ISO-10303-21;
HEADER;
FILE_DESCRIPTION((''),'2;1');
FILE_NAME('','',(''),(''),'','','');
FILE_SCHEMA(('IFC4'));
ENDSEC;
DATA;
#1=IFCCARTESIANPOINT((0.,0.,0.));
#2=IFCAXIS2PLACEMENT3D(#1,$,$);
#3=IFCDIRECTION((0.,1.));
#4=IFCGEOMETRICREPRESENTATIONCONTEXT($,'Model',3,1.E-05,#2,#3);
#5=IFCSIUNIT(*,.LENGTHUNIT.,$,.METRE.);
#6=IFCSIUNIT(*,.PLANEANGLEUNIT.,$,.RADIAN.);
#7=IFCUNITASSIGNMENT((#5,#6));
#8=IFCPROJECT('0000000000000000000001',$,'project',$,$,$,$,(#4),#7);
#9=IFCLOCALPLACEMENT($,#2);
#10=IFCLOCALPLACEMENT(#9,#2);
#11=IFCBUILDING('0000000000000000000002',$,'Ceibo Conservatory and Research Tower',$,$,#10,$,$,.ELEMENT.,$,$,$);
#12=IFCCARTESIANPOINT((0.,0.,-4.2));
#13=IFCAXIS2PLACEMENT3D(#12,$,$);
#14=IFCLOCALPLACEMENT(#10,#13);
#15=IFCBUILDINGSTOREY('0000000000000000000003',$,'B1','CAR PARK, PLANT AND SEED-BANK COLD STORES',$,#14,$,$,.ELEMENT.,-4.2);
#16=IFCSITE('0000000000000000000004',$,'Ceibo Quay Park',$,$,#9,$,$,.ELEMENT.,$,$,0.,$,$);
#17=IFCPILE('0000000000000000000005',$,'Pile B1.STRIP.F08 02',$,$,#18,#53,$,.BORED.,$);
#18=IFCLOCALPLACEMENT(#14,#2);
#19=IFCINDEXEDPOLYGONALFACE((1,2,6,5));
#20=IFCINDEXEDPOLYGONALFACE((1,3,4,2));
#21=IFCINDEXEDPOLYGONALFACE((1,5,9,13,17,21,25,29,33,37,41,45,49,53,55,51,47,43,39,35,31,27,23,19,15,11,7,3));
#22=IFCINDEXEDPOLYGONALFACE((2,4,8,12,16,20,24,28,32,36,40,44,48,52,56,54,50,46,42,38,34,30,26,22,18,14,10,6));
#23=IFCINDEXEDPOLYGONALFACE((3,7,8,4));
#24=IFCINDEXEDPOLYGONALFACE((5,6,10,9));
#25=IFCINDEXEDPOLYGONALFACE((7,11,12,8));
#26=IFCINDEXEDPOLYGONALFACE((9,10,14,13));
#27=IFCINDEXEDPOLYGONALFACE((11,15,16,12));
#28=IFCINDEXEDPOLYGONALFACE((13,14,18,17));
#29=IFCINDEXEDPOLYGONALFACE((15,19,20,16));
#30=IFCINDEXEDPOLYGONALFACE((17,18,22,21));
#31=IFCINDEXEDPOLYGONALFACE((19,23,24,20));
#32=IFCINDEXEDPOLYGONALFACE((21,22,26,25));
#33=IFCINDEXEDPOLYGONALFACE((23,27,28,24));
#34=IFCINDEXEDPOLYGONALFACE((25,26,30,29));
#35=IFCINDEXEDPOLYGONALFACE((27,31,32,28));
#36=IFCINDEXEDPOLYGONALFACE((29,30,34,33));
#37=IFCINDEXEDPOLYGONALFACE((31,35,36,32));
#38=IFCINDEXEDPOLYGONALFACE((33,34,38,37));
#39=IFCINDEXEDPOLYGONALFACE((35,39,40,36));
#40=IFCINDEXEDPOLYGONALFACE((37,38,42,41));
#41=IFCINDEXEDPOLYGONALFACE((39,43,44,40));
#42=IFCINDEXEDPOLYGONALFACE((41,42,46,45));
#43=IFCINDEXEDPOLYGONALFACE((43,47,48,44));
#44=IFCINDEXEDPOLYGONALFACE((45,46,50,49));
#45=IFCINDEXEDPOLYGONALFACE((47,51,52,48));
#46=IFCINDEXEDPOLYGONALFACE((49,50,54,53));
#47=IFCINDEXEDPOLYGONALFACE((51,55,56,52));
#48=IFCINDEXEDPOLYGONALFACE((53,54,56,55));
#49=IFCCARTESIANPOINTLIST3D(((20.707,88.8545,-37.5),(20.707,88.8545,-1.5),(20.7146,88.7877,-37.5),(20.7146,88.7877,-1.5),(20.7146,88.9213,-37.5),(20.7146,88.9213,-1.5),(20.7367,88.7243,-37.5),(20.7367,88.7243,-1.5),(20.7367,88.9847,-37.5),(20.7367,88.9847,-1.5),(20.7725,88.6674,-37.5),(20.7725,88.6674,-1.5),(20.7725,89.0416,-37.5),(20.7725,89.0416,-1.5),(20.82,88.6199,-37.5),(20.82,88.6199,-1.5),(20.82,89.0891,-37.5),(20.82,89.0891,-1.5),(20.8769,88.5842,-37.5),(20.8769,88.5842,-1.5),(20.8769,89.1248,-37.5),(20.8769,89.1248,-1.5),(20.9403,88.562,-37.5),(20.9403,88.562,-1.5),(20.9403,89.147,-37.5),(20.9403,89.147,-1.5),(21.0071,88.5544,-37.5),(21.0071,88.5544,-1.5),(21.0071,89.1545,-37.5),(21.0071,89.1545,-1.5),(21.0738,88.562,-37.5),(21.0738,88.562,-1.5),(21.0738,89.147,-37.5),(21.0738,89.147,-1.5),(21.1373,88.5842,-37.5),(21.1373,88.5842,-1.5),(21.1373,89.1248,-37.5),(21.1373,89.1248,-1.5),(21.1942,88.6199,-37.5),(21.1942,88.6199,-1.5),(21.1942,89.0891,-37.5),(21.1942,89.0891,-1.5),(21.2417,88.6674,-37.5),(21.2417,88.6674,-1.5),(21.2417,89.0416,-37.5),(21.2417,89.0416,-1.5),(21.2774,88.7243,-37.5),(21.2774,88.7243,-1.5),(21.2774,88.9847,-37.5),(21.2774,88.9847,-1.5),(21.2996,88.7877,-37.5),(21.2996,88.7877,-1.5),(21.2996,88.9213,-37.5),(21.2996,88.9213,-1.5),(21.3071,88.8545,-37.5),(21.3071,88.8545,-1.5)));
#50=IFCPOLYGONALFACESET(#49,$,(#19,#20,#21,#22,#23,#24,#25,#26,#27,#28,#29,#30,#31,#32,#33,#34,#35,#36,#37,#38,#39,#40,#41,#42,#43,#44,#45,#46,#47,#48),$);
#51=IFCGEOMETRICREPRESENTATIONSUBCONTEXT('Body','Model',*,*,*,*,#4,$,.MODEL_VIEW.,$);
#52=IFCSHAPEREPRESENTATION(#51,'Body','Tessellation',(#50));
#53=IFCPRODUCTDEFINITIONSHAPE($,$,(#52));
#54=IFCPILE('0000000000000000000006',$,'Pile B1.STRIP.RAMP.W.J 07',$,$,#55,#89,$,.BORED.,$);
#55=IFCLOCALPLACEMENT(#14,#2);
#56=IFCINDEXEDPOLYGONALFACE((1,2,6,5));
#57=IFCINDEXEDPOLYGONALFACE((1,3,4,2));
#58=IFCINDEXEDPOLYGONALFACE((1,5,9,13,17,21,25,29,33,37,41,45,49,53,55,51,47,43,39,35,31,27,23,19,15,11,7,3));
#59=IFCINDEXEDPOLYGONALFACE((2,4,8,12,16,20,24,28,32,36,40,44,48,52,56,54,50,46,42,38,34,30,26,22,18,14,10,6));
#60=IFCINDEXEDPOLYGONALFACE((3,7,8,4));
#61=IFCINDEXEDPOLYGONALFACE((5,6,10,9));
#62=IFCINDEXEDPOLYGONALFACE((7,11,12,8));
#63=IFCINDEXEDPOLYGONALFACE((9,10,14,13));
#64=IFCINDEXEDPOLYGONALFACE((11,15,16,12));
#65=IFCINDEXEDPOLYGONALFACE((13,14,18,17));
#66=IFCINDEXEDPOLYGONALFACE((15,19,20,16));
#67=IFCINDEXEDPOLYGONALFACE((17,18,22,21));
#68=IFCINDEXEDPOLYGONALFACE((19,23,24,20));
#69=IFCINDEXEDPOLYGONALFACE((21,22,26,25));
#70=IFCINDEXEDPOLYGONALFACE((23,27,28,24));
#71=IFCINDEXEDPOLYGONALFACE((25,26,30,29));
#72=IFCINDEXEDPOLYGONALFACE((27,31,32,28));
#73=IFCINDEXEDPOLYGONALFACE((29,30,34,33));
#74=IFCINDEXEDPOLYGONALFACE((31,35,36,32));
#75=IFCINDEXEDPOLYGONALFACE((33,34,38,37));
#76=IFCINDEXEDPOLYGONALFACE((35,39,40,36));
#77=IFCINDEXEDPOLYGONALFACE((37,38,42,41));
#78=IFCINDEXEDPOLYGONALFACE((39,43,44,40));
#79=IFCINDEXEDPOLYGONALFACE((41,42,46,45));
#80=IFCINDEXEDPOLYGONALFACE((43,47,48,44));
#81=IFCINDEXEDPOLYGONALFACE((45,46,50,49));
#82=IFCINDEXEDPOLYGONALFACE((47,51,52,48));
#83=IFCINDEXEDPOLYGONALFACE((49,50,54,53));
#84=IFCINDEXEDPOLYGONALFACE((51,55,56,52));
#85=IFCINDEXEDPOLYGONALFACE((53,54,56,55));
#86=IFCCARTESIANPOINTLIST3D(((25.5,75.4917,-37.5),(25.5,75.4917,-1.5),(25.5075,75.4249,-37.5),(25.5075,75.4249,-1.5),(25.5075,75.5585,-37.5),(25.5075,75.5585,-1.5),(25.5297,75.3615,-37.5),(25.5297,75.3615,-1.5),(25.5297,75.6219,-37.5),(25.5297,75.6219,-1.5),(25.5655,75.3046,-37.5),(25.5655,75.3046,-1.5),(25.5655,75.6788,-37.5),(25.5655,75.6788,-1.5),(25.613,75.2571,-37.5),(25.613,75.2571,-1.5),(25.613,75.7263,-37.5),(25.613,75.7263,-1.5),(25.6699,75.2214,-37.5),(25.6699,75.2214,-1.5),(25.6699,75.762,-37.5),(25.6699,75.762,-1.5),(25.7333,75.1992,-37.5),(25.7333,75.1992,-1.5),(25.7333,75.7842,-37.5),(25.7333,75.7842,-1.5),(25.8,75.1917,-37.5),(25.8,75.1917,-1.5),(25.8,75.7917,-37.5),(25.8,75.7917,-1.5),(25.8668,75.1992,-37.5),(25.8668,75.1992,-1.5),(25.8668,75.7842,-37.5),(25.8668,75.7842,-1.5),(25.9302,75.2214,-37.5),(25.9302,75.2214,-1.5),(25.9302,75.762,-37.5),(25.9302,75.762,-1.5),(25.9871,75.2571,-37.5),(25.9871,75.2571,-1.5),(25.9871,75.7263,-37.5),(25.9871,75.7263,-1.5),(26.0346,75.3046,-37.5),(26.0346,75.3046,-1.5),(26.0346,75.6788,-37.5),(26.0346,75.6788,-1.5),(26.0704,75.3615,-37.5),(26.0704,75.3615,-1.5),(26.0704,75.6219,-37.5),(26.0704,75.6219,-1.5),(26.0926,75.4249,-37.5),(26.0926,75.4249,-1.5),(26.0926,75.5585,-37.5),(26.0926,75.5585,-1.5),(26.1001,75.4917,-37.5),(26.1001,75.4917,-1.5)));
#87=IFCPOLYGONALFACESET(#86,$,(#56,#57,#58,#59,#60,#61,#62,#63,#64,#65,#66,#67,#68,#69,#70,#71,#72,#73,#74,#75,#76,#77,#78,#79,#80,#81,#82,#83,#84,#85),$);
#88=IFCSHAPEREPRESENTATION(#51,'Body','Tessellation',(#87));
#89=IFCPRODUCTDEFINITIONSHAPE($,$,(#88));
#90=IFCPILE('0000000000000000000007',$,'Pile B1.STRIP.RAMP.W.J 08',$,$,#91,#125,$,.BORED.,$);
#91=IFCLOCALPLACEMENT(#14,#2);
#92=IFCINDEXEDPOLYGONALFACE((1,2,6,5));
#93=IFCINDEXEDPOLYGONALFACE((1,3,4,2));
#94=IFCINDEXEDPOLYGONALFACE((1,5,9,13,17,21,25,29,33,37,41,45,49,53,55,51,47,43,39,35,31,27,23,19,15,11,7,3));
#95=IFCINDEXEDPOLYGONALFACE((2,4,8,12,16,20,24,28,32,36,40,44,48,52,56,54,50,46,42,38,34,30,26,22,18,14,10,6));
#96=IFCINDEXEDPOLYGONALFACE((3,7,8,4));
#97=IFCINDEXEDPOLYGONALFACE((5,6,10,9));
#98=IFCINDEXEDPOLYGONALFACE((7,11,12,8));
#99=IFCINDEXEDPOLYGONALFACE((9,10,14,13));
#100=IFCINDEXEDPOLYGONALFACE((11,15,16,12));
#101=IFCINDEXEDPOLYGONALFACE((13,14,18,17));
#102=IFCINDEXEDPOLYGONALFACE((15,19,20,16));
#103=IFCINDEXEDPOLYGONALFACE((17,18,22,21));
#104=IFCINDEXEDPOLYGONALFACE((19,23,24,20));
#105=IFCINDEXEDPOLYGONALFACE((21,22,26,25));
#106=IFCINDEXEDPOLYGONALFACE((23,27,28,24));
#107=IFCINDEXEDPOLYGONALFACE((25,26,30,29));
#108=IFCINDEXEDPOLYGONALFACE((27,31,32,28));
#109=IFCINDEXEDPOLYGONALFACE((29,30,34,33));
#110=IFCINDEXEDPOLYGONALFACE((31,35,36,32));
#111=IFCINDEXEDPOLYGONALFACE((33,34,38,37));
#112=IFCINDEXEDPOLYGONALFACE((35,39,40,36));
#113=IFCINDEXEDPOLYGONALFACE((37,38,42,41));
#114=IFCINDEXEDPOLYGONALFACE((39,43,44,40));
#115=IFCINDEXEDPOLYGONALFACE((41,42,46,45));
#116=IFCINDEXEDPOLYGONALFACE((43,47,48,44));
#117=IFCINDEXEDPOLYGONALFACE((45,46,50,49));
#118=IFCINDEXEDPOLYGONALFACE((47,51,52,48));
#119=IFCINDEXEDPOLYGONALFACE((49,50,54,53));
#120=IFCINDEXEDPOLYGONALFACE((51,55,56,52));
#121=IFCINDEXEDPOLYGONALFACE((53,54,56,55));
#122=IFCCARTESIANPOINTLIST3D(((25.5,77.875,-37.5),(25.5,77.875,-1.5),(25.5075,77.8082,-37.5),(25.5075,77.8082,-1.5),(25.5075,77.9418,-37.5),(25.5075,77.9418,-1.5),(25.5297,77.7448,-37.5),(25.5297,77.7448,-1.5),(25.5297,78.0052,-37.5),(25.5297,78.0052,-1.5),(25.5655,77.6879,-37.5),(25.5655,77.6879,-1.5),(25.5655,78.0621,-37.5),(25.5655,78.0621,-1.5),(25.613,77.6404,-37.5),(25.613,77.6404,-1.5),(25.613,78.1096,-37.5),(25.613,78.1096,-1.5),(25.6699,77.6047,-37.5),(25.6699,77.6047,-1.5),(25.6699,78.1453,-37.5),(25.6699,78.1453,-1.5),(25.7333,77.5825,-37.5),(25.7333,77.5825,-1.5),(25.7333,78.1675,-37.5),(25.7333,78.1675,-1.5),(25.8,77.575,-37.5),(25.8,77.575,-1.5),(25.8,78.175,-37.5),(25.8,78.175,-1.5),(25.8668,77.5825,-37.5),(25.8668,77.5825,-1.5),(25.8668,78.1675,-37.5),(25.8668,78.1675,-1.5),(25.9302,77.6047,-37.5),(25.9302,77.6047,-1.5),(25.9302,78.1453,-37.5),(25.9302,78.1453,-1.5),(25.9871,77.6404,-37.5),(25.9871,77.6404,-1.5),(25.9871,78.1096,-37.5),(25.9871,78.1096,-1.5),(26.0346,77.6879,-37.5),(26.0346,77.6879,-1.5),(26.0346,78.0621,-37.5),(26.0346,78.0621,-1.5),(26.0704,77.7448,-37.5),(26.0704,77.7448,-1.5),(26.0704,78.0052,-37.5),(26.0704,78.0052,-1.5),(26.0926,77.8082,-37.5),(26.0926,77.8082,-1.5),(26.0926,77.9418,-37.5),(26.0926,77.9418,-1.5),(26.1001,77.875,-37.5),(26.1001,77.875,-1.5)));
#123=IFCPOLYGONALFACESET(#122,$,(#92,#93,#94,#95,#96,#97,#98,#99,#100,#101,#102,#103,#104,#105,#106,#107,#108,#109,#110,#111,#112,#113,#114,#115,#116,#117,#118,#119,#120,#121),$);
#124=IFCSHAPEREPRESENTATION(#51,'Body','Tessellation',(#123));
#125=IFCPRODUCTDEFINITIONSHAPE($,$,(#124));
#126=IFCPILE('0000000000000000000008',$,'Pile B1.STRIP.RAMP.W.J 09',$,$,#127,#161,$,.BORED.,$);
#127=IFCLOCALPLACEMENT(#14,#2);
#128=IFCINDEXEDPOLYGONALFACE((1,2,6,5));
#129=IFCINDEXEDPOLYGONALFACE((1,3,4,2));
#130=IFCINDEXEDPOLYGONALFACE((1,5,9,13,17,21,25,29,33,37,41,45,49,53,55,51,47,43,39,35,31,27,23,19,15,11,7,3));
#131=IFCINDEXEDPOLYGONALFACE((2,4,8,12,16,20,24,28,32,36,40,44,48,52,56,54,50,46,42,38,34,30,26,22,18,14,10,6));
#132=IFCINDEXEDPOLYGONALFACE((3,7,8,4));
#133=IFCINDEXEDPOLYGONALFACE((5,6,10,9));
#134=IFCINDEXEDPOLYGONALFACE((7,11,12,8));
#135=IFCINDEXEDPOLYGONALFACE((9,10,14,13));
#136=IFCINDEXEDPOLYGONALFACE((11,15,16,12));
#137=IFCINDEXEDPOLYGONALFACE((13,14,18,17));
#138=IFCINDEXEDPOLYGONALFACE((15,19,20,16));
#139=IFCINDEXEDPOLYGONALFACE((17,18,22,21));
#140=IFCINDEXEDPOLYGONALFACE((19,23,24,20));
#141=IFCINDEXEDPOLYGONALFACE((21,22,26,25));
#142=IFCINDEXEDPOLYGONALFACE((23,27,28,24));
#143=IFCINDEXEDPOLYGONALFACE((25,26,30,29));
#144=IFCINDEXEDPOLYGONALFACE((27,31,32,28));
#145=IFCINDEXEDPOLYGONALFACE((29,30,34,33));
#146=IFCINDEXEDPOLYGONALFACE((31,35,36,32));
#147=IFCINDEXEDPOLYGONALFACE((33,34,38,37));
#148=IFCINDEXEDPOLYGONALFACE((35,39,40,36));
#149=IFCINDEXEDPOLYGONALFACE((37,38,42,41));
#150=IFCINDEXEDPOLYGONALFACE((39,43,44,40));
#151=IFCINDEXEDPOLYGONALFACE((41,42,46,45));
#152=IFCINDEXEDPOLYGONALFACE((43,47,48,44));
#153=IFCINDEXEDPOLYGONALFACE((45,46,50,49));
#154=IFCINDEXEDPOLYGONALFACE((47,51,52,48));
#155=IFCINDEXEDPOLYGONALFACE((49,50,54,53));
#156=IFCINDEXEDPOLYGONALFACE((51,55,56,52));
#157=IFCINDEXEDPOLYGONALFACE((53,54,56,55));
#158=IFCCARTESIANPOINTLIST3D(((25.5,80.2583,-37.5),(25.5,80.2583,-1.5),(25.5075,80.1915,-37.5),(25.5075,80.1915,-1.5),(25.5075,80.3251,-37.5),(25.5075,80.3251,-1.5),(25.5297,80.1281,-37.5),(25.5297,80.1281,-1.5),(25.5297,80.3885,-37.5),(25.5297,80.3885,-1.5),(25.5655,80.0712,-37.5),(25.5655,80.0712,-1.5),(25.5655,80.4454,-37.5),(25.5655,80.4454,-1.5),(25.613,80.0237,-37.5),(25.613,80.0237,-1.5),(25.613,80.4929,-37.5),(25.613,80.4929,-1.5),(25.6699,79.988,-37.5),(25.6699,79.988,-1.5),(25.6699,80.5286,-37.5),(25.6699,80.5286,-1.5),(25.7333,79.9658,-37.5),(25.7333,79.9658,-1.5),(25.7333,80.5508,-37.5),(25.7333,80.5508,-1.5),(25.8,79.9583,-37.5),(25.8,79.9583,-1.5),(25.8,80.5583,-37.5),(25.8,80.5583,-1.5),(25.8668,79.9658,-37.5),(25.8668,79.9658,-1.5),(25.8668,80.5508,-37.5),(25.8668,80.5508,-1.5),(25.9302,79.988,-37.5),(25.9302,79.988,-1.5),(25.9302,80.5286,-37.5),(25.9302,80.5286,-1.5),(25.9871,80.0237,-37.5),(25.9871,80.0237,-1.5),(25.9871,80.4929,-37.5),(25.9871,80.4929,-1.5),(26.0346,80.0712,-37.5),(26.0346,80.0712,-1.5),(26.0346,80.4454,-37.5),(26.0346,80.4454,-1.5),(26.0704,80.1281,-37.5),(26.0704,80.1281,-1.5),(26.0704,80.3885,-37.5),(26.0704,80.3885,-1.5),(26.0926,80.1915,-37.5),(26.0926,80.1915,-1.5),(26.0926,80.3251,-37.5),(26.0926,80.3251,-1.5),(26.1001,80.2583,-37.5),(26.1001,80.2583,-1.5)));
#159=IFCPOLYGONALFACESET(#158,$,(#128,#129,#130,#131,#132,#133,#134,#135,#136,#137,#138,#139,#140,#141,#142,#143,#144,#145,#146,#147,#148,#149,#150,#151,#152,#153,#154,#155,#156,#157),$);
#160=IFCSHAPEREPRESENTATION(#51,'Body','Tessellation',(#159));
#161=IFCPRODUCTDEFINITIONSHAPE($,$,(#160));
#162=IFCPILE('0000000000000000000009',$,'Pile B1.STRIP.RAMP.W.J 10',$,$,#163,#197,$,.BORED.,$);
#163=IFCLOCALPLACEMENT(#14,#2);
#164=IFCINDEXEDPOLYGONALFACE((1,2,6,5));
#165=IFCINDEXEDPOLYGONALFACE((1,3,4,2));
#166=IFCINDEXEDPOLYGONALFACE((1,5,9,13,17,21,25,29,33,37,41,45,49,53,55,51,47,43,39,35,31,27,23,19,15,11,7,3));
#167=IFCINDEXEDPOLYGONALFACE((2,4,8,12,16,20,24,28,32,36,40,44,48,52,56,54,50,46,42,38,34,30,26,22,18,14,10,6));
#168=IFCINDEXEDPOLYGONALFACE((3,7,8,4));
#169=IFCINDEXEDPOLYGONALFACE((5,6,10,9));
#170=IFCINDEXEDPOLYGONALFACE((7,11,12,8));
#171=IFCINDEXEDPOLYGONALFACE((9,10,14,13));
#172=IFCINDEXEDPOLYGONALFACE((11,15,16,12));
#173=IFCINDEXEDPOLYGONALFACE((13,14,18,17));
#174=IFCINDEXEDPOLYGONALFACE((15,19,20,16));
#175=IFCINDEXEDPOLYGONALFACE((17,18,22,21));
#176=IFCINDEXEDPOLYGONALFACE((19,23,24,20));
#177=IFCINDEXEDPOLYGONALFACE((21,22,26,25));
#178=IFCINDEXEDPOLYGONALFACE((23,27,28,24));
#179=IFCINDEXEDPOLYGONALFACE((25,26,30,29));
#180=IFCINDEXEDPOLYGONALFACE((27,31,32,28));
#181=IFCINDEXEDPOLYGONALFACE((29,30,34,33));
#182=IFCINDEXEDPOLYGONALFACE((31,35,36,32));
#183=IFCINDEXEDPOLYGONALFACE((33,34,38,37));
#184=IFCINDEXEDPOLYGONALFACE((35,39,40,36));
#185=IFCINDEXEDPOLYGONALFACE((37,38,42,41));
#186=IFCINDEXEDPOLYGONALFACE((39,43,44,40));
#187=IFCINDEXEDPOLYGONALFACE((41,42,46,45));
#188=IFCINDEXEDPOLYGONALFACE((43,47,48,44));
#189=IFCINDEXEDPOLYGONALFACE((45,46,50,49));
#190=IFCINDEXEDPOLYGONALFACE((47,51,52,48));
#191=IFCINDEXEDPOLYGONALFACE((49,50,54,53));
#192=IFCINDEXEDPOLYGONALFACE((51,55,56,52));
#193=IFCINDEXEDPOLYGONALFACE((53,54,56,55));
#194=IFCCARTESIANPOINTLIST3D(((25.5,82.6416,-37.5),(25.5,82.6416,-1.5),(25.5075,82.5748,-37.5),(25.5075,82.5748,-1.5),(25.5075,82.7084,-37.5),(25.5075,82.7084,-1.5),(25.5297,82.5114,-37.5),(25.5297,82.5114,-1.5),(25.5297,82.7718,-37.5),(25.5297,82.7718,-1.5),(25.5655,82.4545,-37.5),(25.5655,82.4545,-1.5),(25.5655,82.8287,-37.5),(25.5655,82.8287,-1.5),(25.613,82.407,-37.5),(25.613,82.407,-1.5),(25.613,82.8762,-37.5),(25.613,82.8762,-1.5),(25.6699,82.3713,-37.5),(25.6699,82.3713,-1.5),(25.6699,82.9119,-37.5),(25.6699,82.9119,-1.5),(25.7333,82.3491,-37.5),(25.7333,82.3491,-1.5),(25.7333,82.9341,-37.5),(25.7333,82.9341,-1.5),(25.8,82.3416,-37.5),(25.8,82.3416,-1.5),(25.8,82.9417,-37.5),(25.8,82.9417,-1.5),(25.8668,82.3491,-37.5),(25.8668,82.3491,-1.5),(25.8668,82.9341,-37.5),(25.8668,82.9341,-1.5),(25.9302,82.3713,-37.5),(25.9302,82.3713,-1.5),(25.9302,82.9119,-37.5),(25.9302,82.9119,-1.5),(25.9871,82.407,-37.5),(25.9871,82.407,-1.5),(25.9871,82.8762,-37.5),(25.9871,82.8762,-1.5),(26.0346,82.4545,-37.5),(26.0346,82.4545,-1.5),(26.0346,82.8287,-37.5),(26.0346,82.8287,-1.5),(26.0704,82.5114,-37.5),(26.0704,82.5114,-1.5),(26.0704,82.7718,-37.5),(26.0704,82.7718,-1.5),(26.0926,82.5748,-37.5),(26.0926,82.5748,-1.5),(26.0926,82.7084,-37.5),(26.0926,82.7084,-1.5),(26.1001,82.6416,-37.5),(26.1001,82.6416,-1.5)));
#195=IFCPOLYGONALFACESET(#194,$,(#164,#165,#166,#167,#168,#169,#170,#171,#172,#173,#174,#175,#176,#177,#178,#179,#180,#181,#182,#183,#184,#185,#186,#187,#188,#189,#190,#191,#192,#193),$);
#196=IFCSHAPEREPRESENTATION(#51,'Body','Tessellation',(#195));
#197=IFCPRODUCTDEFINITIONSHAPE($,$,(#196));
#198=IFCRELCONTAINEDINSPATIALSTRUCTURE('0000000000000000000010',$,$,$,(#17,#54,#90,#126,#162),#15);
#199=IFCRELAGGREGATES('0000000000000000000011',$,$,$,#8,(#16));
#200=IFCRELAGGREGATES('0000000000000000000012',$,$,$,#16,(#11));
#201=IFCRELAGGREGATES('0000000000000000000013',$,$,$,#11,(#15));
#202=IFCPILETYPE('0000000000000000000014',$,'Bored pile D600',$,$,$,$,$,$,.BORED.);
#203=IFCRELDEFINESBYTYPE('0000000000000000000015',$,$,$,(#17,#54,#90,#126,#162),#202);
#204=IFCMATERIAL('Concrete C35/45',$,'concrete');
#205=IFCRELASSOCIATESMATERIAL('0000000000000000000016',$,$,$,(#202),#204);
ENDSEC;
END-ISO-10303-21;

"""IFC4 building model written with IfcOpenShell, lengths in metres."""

from ifc_helpers import new_model, si_unit, direction, frame, origin, origin_2d, place, context, subcontext, project, spatial, circle, extrude, material, material_profile, profile_set, type_object, element, save


model = new_model("IFC4")

# Units and contexts
model_context = context("Model", 3, precision=1e-05, world=origin(), true_north=direction((0.0, 1.0)))
body_context = subcontext(model_context, "Body", "Model", "MODEL_VIEW")
ifc_project = project(units=[si_unit("LENGTHUNIT", "METRE"), si_unit("PLANEANGLEUNIT", "RADIAN")], contexts=[model_context])

# Site, building, storey
site_placement = place(None, origin())
site = spatial("IfcSite", under=ifc_project, at=site_placement, Name="Ceibo Quay Park", CompositionType="ELEMENT", RefElevation=0.0)
building_placement = place(site_placement, origin())
building = spatial("IfcBuilding", under=site, at=building_placement, Name="Ceibo Conservatory and Research Tower", CompositionType="ELEMENT")
storey_placement = place(building_placement, frame((0.0, 0.0, -4.2)))
storey = spatial("IfcBuildingStorey", under=building, at=storey_placement, Name="B1", Description="CAR PARK, PLANT AND SEED-BANK COLD STORES", CompositionType="ELEMENT", Elevation=-4.2)

# Piles
ifc_material_1 = material(Name="Concrete C35/45", Category="concrete")
ifc_material_profile_1 = material_profile(ifc_material_1, circle(Radius=0.3, at=origin_2d()), Name="RC D600")
ifc_profile_set_1 = profile_set([ifc_material_profile_1], Name="Concrete C35/45")
pile_type_1 = type_object("IfcPileType", Name="Bored pile D600", PredefinedType="BORED", material=ifc_profile_set_1)
for number, where, z_axis, x_axis, name in (
    (1, (21.0071, 88.8545, -1.5), (0.0, 0.0, -1.0), (1.0, 0.0, 0.0), "Pile B1.STRIP.F08 02"),
    (2, (25.8, 75.4917, -1.5), (0.0, 0.0, -1.0), (1.0, 0.0, 0.0), "Pile B1.STRIP.RAMP.W.J 07"),
    (3, (25.8, 77.875, -1.5), (0.0, 0.0, -1.0), (1.0, 0.0, 0.0), "Pile B1.STRIP.RAMP.W.J 08"),
    (4, (25.8, 80.2583, -1.5), (0.0, 0.0, -1.0), (1.0, 0.0, 0.0), "Pile B1.STRIP.RAMP.W.J 09"),
    (5, (25.8, 82.6416, -1.5), (0.0, 0.0, -1.0), (1.0, 0.0, 0.0), "Pile B1.STRIP.RAMP.W.J 10"),
):
    element("IfcPile", number, at=place(storey_placement, frame(where, z_axis=z_axis, x_axis=x_axis)), inside=storey, type_object=pile_type_1, Name=name, PredefinedType="BORED", context=body_context, shape_type="SweptSolid", body=[
        extrude(circle(Radius=0.3, at=origin_2d()), origin(), (0.0, 0.0, 1.0), 36.0),
    ])

save(model, "model.ifc")
